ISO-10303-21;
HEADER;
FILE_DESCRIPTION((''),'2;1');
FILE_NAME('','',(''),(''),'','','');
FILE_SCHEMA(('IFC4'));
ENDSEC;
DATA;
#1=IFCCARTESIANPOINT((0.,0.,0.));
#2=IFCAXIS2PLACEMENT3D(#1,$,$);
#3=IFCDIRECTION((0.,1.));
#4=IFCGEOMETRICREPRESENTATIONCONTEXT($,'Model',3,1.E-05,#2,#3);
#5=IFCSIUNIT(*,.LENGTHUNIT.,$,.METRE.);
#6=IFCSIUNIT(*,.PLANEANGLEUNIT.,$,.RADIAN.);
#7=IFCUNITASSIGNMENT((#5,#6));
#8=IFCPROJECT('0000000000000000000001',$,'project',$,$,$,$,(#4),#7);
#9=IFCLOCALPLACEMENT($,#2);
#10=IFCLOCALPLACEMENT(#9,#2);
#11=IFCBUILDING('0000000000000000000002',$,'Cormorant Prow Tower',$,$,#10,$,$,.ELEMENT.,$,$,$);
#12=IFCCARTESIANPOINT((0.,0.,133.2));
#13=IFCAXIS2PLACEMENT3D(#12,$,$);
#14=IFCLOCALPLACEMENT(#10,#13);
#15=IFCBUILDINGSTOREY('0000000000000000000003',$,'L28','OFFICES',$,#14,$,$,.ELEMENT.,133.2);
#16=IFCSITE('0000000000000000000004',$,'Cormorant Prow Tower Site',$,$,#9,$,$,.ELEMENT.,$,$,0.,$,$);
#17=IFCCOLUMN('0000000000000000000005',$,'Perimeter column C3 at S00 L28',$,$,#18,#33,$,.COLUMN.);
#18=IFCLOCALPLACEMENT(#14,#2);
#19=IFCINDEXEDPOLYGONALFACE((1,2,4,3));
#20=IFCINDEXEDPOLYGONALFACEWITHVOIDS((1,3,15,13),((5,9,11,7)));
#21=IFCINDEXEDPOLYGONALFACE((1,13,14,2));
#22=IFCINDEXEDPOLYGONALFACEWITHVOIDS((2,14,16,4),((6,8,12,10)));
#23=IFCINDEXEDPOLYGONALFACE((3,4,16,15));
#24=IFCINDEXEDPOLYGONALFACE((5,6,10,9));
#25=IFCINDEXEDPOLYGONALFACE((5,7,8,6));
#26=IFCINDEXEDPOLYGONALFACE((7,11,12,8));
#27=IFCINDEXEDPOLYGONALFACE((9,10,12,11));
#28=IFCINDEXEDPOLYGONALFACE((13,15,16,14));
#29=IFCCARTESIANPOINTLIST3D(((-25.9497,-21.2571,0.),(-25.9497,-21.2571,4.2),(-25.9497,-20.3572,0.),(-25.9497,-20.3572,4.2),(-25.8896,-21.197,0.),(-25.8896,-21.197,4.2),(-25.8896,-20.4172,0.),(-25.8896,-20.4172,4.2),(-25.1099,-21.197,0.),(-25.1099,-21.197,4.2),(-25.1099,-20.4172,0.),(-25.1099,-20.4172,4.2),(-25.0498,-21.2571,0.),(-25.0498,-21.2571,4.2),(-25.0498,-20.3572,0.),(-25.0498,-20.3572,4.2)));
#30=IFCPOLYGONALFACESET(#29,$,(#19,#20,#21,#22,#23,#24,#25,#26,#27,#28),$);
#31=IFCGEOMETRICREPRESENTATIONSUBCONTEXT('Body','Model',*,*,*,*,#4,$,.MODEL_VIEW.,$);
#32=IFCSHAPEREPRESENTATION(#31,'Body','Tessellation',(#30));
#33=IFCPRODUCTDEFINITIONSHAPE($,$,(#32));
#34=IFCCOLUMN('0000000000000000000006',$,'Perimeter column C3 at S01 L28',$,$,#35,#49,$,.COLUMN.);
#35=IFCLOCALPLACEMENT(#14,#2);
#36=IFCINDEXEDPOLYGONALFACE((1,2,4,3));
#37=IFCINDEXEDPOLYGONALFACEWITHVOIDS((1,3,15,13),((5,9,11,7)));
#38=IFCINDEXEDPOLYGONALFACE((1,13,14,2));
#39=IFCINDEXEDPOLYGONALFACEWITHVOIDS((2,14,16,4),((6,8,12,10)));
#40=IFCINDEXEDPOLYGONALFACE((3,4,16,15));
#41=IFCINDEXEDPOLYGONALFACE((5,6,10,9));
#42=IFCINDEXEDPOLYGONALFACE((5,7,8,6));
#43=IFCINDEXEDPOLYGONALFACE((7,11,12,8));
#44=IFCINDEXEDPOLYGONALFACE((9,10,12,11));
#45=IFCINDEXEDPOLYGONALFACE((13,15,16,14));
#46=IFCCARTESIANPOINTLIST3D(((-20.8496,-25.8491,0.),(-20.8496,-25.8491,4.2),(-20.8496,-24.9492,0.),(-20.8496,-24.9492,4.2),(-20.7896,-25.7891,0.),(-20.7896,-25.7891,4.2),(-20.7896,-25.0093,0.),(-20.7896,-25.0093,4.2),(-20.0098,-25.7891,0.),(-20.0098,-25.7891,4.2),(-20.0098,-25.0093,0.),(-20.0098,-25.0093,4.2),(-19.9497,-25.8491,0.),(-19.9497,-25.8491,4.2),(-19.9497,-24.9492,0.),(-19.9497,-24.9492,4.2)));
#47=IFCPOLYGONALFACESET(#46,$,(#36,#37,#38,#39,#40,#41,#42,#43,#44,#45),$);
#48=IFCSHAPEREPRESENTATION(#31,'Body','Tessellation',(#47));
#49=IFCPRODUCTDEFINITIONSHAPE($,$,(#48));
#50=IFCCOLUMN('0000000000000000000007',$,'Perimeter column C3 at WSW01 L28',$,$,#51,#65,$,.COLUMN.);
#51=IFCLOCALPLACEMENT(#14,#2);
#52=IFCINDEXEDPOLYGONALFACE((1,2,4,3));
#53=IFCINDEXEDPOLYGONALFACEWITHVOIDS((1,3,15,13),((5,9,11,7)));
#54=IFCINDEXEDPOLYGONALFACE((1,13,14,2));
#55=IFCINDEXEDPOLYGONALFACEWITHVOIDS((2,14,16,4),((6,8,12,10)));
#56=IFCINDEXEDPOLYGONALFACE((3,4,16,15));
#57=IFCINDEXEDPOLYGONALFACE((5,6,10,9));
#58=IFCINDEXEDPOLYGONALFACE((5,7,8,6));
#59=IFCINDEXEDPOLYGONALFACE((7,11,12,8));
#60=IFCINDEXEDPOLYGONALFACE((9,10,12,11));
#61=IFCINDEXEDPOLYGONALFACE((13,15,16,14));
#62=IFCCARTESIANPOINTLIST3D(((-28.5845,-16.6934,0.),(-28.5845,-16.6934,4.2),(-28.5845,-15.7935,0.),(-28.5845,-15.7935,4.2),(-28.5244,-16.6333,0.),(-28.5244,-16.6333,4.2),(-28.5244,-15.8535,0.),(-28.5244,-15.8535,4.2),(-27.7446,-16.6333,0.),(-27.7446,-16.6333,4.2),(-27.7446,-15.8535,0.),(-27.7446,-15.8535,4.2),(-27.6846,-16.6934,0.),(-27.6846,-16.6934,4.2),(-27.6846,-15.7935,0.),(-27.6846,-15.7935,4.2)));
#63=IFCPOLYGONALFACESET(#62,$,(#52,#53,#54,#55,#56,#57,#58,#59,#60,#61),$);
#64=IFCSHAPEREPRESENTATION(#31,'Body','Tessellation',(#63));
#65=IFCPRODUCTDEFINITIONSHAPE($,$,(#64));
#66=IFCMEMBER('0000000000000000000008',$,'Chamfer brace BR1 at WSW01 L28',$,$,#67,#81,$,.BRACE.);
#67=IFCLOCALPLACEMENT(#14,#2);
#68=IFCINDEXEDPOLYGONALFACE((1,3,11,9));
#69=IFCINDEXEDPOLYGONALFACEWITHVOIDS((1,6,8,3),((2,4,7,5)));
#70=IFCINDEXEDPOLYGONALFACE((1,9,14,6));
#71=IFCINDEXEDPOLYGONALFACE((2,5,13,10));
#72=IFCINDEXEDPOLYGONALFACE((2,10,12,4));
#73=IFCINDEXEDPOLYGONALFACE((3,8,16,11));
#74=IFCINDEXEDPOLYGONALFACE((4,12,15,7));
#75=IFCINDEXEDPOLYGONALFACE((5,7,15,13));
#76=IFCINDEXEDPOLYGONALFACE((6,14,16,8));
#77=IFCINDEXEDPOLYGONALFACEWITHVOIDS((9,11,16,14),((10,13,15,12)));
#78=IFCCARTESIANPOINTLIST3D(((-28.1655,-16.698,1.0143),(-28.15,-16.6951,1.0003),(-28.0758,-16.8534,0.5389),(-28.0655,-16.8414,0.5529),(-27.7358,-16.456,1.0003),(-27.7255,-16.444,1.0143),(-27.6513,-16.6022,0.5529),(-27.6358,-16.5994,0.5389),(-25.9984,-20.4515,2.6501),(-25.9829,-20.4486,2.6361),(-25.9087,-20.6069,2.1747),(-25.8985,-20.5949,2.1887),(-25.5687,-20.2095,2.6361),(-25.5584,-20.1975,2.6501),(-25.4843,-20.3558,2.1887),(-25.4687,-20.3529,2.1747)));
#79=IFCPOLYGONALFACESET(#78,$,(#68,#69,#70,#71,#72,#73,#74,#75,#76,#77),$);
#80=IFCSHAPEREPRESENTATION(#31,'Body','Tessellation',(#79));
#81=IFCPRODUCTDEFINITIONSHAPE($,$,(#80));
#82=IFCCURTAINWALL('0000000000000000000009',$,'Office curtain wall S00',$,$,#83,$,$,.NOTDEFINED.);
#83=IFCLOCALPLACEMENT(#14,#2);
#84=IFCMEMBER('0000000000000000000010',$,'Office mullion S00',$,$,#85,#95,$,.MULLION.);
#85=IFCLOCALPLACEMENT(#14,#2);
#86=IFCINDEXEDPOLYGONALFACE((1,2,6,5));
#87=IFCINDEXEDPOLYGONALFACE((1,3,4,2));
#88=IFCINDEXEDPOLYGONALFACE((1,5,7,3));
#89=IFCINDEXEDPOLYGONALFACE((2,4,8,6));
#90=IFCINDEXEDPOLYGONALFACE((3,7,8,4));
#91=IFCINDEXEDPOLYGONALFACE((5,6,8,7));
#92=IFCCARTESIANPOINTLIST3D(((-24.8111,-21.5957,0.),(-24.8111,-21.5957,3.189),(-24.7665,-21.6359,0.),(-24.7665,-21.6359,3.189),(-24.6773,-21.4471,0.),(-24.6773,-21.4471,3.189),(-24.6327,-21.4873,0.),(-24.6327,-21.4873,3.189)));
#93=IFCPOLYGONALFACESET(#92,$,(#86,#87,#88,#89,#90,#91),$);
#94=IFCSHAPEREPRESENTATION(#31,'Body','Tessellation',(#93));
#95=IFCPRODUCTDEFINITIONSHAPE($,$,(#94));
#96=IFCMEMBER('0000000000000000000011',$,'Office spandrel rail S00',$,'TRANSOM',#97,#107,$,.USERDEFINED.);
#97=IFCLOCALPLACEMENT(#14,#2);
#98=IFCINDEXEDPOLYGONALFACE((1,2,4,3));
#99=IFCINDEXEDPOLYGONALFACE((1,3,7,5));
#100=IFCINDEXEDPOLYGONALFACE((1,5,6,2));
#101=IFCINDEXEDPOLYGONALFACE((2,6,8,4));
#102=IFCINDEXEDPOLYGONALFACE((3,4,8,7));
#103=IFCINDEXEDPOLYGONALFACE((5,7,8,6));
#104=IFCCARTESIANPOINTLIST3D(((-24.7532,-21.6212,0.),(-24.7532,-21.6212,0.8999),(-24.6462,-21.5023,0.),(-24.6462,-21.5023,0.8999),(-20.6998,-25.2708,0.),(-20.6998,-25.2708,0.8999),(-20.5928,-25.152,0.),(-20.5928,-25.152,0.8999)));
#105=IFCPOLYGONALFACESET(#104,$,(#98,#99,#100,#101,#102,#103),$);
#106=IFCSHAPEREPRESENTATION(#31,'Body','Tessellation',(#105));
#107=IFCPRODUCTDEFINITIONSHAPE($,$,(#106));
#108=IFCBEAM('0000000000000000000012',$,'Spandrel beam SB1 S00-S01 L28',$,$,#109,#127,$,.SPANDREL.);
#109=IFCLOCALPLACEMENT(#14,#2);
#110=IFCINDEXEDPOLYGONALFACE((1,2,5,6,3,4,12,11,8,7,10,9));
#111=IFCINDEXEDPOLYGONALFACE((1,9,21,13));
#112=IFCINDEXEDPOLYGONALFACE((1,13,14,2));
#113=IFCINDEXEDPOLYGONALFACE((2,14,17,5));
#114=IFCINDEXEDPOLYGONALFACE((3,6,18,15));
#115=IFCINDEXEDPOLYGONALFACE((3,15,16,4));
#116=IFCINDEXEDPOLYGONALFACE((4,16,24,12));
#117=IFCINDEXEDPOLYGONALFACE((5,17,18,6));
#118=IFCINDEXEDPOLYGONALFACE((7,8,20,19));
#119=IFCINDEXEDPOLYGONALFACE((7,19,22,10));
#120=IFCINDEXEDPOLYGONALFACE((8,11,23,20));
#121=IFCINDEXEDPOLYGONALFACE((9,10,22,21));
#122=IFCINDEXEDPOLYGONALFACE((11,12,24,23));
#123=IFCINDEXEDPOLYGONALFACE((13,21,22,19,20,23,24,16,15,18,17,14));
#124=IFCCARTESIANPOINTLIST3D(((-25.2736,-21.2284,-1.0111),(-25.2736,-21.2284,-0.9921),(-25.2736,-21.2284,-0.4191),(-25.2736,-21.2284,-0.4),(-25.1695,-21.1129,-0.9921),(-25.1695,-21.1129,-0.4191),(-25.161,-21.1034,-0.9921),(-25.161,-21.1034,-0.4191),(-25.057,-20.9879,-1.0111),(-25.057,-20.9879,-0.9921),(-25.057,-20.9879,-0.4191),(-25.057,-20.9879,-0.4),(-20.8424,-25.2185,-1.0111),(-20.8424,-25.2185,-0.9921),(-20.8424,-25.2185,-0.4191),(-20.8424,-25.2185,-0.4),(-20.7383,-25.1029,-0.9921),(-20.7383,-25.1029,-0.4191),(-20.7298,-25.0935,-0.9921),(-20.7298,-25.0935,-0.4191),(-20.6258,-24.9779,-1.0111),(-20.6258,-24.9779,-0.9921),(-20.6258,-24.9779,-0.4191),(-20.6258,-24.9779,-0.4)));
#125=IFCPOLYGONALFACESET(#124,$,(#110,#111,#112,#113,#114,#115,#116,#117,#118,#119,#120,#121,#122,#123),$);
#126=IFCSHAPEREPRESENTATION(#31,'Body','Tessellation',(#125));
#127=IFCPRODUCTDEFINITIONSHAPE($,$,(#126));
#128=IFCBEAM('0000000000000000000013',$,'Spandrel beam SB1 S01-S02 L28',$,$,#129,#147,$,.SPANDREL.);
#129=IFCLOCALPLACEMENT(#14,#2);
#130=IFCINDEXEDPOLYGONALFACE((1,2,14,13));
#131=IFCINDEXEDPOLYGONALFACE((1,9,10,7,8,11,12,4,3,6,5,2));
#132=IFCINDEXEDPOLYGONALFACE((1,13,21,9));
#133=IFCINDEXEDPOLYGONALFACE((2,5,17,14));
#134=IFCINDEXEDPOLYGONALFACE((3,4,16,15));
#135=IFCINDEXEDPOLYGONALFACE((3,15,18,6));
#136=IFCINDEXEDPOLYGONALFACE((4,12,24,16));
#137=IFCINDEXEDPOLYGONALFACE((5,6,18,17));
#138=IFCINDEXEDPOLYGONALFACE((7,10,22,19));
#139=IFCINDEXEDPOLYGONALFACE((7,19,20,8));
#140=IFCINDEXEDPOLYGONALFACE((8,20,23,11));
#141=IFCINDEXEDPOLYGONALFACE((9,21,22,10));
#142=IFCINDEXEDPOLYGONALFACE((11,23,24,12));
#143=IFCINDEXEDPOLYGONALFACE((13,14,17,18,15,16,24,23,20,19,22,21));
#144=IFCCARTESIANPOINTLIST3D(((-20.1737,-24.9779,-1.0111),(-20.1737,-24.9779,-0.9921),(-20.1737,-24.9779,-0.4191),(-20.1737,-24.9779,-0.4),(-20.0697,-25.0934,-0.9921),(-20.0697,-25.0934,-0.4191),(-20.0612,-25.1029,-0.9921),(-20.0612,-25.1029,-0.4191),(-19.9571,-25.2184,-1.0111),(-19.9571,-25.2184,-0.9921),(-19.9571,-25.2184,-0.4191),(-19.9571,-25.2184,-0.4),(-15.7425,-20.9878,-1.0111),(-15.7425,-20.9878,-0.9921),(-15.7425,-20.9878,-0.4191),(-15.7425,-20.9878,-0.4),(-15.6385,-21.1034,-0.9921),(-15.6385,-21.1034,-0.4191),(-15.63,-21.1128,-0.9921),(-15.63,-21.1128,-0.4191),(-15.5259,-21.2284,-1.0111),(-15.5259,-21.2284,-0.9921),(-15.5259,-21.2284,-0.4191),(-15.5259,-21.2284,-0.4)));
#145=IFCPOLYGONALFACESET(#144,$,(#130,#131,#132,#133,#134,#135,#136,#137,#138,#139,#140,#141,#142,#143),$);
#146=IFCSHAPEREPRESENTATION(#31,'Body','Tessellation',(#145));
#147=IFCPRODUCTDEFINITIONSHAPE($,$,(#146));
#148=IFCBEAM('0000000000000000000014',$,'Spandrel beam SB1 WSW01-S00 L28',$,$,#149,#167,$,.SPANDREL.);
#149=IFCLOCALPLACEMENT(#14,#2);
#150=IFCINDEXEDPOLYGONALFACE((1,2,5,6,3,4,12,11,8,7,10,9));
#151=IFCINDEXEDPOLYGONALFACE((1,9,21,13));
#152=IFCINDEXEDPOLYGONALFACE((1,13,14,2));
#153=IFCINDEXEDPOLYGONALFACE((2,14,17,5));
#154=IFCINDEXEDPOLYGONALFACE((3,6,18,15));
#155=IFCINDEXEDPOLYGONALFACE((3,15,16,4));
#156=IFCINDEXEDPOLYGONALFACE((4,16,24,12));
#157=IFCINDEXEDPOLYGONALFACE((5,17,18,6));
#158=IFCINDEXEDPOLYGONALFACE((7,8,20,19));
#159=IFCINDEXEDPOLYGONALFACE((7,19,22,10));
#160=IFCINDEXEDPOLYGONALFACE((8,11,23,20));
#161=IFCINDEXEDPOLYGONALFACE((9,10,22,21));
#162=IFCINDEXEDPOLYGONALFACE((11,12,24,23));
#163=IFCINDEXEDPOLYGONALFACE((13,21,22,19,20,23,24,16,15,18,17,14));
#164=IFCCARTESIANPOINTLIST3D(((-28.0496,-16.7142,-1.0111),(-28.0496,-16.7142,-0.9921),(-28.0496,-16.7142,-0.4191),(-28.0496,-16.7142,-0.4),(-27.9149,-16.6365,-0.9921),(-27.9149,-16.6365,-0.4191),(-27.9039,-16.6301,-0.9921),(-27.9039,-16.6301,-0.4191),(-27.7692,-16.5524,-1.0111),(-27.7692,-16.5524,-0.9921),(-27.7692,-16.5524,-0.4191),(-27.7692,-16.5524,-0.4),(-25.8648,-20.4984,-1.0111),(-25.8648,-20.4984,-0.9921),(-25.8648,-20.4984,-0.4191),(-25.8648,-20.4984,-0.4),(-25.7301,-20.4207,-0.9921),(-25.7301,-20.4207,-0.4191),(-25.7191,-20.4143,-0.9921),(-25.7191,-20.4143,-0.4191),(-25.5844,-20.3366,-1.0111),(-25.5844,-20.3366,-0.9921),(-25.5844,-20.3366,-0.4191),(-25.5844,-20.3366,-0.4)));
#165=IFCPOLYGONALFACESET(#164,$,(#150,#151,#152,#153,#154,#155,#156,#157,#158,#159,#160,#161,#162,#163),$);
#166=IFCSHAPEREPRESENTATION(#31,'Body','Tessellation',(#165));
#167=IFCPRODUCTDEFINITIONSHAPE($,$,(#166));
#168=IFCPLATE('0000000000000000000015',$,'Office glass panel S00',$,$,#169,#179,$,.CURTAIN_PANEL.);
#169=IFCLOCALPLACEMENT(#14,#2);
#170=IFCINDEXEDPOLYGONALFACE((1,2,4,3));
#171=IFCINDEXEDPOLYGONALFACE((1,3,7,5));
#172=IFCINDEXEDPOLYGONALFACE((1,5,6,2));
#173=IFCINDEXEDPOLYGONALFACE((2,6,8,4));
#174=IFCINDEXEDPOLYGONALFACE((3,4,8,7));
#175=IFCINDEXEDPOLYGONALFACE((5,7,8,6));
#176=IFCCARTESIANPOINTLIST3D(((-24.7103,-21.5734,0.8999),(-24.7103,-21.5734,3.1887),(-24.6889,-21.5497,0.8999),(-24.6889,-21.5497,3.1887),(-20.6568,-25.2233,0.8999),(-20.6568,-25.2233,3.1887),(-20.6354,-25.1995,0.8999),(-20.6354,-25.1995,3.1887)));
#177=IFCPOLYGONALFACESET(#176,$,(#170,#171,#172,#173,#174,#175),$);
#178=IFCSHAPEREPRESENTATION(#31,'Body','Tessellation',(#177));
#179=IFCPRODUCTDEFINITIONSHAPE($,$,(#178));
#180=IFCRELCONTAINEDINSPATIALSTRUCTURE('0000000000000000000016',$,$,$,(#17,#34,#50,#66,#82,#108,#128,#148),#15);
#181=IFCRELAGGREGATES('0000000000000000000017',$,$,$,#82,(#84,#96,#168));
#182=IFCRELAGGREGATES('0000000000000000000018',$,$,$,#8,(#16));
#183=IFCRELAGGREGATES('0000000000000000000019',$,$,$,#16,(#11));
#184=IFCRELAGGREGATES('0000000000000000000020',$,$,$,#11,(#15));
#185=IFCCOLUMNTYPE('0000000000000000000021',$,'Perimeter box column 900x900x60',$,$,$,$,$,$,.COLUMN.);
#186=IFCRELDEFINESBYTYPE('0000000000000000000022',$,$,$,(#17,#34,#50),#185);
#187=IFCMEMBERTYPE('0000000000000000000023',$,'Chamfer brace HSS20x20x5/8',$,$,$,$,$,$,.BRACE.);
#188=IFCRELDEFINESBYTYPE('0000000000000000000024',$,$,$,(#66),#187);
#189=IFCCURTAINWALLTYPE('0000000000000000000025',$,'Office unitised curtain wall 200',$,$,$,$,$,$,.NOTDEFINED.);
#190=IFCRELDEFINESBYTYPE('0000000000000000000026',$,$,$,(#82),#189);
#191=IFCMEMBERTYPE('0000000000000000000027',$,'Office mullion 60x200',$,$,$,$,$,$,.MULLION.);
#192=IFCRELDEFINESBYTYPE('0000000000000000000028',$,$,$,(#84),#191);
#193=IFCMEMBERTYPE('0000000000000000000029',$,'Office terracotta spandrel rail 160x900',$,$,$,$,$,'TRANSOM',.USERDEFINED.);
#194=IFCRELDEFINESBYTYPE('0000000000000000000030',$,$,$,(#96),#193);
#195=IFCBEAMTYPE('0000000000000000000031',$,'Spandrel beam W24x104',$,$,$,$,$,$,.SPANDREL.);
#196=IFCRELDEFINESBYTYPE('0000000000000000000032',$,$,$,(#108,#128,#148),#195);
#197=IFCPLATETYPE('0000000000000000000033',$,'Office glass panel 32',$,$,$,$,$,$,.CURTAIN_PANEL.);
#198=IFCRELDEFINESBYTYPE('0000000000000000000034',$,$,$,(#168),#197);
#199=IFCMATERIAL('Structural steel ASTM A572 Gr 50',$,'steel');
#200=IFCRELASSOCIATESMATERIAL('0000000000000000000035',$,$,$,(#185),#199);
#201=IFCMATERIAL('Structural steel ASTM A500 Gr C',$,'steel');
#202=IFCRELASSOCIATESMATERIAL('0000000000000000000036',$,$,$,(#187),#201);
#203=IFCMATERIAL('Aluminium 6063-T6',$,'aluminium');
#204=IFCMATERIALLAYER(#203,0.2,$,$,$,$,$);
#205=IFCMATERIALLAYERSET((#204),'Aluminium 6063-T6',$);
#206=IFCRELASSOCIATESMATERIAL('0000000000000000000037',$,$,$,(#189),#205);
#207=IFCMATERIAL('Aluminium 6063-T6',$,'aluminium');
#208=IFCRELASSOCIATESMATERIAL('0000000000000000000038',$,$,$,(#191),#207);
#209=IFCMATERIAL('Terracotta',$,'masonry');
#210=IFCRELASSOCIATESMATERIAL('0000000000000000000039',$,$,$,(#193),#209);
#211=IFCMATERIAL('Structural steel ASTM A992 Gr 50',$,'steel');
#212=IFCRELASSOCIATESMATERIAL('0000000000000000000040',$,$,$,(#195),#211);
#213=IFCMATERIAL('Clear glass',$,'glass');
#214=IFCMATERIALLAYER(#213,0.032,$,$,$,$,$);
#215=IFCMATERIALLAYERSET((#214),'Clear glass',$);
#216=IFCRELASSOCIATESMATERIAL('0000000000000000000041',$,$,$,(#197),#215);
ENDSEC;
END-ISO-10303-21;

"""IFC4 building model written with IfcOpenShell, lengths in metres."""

from ifc_helpers import new_model, si_unit, direction, frame, origin, origin_2d, place, context, subcontext, project, spatial, rectangle, hollow_rectangle, i_section, extrude, material, layer, layer_set, material_profile, profile_set, type_object, element, aggregate, save


model = new_model("IFC4")

# Units and contexts
model_context = context("Model", 3, precision=1e-05, world=origin(), true_north=direction((0.0, 1.0)))
body_context = subcontext(model_context, "Body", "Model", "MODEL_VIEW")
ifc_project = project(units=[si_unit("LENGTHUNIT", "METRE"), si_unit("PLANEANGLEUNIT", "RADIAN")], contexts=[model_context])

# Site, building, storey
site_placement = place(None, origin())
site = spatial("IfcSite", under=ifc_project, at=site_placement, Name="Cormorant Prow Tower Site", CompositionType="ELEMENT", RefElevation=0.0)
building_placement = place(site_placement, origin())
building = spatial("IfcBuilding", under=site, at=building_placement, Name="Cormorant Prow Tower", CompositionType="ELEMENT")
storey_placement = place(building_placement, frame((0.0, 0.0, 133.2)))
storey = spatial("IfcBuildingStorey", under=building, at=storey_placement, Name="L28", Description="OFFICES", CompositionType="ELEMENT", Elevation=133.2)

# Columns
ifc_material_1 = material(Name="Structural steel ASTM A572 Gr 50", Category="steel")
ifc_material_profile_1 = material_profile(ifc_material_1, hollow_rectangle(XDim=0.8999, YDim=0.8999, WallThickness=0.0601, at=origin_2d()), Name="Box 900x900x60")
ifc_profile_set_1 = profile_set([ifc_material_profile_1], Name="Structural steel ASTM A572 Gr 50")
column_type = type_object("IfcColumnType", Name="Perimeter box column 900x900x60", PredefinedType="COLUMN", material=ifc_profile_set_1)
for number, where, z_axis, x_axis, name in (
    (1, (-25.4998, -20.8071, 0.0), (0.0, 0.0, 1.0), (1.0, 0.0, 0.0), "Perimeter column C3 at S00 L28"),
    (2, (-20.3997, -25.3992, 0.0), (0.0, 0.0, 1.0), (1.0, 0.0, 0.0), "Perimeter column C3 at S01 L28"),
    (3, (-28.1345, -16.2434, 0.0), (0.0, 0.0, 1.0), (1.0, 0.0, 0.0), "Perimeter column C3 at WSW01 L28"),
):
    element("IfcColumn", number, at=place(storey_placement, frame(where, z_axis=z_axis, x_axis=x_axis)), inside=storey, type_object=column_type, Name=name, PredefinedType="COLUMN", context=body_context, shape_type="SweptSolid", body=[
        extrude(hollow_rectangle(XDim=0.8999, YDim=0.8999, WallThickness=0.0601, at=origin_2d()), origin(), (0.0, 0.0, 1.0), 4.2),
    ])

# Member
ifc_material_2 = material(Name="Structural steel ASTM A500 Gr C", Category="steel")
ifc_material_profile_2 = material_profile(ifc_material_2, hollow_rectangle(XDim=0.5081, YDim=0.5081, WallThickness=0.0149, at=origin_2d()), Name="HSS20x20x5/8")
ifc_profile_set_2 = profile_set([ifc_material_profile_2], Name="Structural steel ASTM A500 Gr C")
member_type_1 = type_object("IfcMemberType", Name="Chamfer brace HSS20x20x5/8", PredefinedType="BRACE", material=ifc_profile_set_2)
member_1_placement = place(storey_placement, frame((-27.9006, -16.6487, 0.7766), z_axis=(0.467785, -0.810244, 0.353105), x_axis=(0.86603, 0.499992, 0.0)))
element("IfcMember", 4, at=member_1_placement, inside=storey, type_object=member_type_1, Name="Chamfer brace BR1 at WSW01 L28", PredefinedType="BRACE", context=body_context, shape_type="SweptSolid", body=[
    extrude(hollow_rectangle(XDim=0.5081, YDim=0.5081, WallThickness=0.0149, at=origin_2d()), origin(), (0.0, 0.0, 1.0), 4.6326),
])

# Curtain wall, members
ifc_material_3 = material(Name="Aluminium 6063-T6", Category="aluminium")
ifc_layer_1 = layer(ifc_material_3, 0.2)
ifc_layer_set_1 = layer_set([ifc_layer_1], Name="Aluminium 6063-T6")
curtain_wall_type = type_object("IfcCurtainWallType", Name="Office unitised curtain wall 200", PredefinedType="NOTDEFINED", material=ifc_layer_set_1)
curtain_wall_placement = place(storey_placement, origin())
curtain_wall = element("IfcCurtainWall", 5, at=curtain_wall_placement, inside=storey, type_object=curtain_wall_type, Name="Office curtain wall S00", PredefinedType="NOTDEFINED")
ifc_material_4 = material(Name="Aluminium 6063-T6", Category="aluminium")
ifc_material_profile_3 = material_profile(ifc_material_4, rectangle(XDim=0.2, YDim=0.0601, at=origin_2d()), Name="Office mullion 60x200")
ifc_profile_set_3 = profile_set([ifc_material_profile_3], Name="Aluminium 6063-T6")
member_type_2 = type_object("IfcMemberType", Name="Office mullion 60x200", PredefinedType="MULLION", material=ifc_profile_set_3)
member_2_placement = place(storey_placement, frame((-24.7219, -21.5415, 0.0), z_axis=(0.0, 0.0, 1.0), x_axis=(0.669131, 0.743145, 0.0)))
member_2 = element("IfcMember", 6, at=member_2_placement, type_object=member_type_2, Name="Office mullion S00", PredefinedType="MULLION", context=body_context, shape_type="SweptSolid", body=[
    extrude(rectangle(XDim=0.2, YDim=0.0601, at=origin_2d()), origin(), (0.0, 0.0, 1.0), 3.189),
])
ifc_material_5 = material(Name="Terracotta", Category="masonry")
ifc_material_profile_4 = material_profile(ifc_material_5, rectangle(XDim=0.1599, YDim=0.8999, at=origin_2d()), Name="Office terracotta spandrel rail 160x900")
ifc_profile_set_4 = profile_set([ifc_material_profile_4], Name="Terracotta")
member_type_3 = type_object("IfcMemberType", Name="Office terracotta spandrel rail 160x900", ElementType="TRANSOM", PredefinedType="USERDEFINED", material=ifc_profile_set_4)
member_3_placement = place(storey_placement, frame((-24.6997, -21.5618, 0.45), z_axis=(0.743154, -0.669121, 0.0), x_axis=(0.669121, 0.743154, 0.0)))
member_3 = element("IfcMember", 7, at=member_3_placement, type_object=member_type_3, Name="Office spandrel rail S00", ObjectType="TRANSOM", PredefinedType="USERDEFINED", context=body_context, shape_type="SweptSolid", body=[
    extrude(rectangle(XDim=0.1599, YDim=0.8999, at=origin_2d()), origin(), (0.0, 0.0, 1.0), 5.4543),
])

# Beams
ifc_material_6 = material(Name="Structural steel ASTM A992 Gr 50", Category="steel")
ifc_material_profile_5 = material_profile(ifc_material_6, i_section(OverallWidth=0.3237, OverallDepth=0.6111, WebThickness=0.0127, FlangeThickness=0.019, at=origin_2d()), Name="W24x104")
ifc_profile_set_5 = profile_set([ifc_material_profile_5], Name="Structural steel ASTM A992 Gr 50")
beam_type = type_object("IfcBeamType", Name="Spandrel beam W24x104", PredefinedType="SPANDREL", material=ifc_profile_set_5)
for number, where, z_axis, x_axis, name in (
    (8, (-25.1653, -21.1082, -0.7056), (0.743131, -0.669146, 0.0), (0.669146, 0.743131, 0.0), "Spandrel beam SB1 S00-S01 L28"),
    (9, (-20.0654, -25.0981, -0.7056), (0.743131, 0.669146, 0.0), (-0.669146, 0.743131, 0.0), "Spandrel beam SB1 S01-S02 L28"),
):
    element("IfcBeam", number, at=place(storey_placement, frame(where, z_axis=z_axis, x_axis=x_axis)), inside=storey, type_object=beam_type, Name=name, PredefinedType="SPANDREL", context=body_context, shape_type="SweptSolid", body=[
        extrude(i_section(OverallWidth=0.3237, OverallDepth=0.6111, WebThickness=0.0127, FlangeThickness=0.019, at=origin_2d()), origin(), (0.0, 0.0, 1.0), 5.9629),
    ])
beam_placement = place(storey_placement, frame((-27.9094, -16.6333, -0.7056), z_axis=(0.500003, -0.866024, 0.0), x_axis=(0.866024, 0.500003, 0.0)))
element("IfcBeam", 10, at=beam_placement, inside=storey, type_object=beam_type, Name="Spandrel beam SB1 WSW01-S00 L28", PredefinedType="SPANDREL", context=body_context, shape_type="SweptSolid", body=[
    extrude(i_section(OverallWidth=0.3237, OverallDepth=0.6111, WebThickness=0.0127, FlangeThickness=0.019, at=origin_2d()), origin(), (0.0, 0.0, 1.0), 4.3696),
])

# Plate
ifc_material_7 = material(Name="Clear glass", Category="glass")
ifc_layer_2 = layer(ifc_material_7, 0.032)
ifc_layer_set_2 = layer_set([ifc_layer_2], Name="Clear glass")
plate_type = type_object("IfcPlateType", Name="Office glass panel 32", PredefinedType="CURTAIN_PANEL", material=ifc_layer_set_2)
plate_placement = place(storey_placement, frame((-22.6729, -23.3865, 0.8999), z_axis=(0.0, 0.0, 1.0), x_axis=(0.743145, -0.669131, 0.0)))
plate = element("IfcPlate", 11, at=plate_placement, type_object=plate_type, Name="Office glass panel S00", PredefinedType="CURTAIN_PANEL", context=body_context, shape_type="SweptSolid", body=[
    extrude(rectangle(XDim=5.4546, YDim=0.032, at=origin_2d()), origin(), (0.0, 0.0, 1.0), 2.2888),
])
aggregate(curtain_wall, [member_2, member_3, plate])

save(model, "model.ifc")
